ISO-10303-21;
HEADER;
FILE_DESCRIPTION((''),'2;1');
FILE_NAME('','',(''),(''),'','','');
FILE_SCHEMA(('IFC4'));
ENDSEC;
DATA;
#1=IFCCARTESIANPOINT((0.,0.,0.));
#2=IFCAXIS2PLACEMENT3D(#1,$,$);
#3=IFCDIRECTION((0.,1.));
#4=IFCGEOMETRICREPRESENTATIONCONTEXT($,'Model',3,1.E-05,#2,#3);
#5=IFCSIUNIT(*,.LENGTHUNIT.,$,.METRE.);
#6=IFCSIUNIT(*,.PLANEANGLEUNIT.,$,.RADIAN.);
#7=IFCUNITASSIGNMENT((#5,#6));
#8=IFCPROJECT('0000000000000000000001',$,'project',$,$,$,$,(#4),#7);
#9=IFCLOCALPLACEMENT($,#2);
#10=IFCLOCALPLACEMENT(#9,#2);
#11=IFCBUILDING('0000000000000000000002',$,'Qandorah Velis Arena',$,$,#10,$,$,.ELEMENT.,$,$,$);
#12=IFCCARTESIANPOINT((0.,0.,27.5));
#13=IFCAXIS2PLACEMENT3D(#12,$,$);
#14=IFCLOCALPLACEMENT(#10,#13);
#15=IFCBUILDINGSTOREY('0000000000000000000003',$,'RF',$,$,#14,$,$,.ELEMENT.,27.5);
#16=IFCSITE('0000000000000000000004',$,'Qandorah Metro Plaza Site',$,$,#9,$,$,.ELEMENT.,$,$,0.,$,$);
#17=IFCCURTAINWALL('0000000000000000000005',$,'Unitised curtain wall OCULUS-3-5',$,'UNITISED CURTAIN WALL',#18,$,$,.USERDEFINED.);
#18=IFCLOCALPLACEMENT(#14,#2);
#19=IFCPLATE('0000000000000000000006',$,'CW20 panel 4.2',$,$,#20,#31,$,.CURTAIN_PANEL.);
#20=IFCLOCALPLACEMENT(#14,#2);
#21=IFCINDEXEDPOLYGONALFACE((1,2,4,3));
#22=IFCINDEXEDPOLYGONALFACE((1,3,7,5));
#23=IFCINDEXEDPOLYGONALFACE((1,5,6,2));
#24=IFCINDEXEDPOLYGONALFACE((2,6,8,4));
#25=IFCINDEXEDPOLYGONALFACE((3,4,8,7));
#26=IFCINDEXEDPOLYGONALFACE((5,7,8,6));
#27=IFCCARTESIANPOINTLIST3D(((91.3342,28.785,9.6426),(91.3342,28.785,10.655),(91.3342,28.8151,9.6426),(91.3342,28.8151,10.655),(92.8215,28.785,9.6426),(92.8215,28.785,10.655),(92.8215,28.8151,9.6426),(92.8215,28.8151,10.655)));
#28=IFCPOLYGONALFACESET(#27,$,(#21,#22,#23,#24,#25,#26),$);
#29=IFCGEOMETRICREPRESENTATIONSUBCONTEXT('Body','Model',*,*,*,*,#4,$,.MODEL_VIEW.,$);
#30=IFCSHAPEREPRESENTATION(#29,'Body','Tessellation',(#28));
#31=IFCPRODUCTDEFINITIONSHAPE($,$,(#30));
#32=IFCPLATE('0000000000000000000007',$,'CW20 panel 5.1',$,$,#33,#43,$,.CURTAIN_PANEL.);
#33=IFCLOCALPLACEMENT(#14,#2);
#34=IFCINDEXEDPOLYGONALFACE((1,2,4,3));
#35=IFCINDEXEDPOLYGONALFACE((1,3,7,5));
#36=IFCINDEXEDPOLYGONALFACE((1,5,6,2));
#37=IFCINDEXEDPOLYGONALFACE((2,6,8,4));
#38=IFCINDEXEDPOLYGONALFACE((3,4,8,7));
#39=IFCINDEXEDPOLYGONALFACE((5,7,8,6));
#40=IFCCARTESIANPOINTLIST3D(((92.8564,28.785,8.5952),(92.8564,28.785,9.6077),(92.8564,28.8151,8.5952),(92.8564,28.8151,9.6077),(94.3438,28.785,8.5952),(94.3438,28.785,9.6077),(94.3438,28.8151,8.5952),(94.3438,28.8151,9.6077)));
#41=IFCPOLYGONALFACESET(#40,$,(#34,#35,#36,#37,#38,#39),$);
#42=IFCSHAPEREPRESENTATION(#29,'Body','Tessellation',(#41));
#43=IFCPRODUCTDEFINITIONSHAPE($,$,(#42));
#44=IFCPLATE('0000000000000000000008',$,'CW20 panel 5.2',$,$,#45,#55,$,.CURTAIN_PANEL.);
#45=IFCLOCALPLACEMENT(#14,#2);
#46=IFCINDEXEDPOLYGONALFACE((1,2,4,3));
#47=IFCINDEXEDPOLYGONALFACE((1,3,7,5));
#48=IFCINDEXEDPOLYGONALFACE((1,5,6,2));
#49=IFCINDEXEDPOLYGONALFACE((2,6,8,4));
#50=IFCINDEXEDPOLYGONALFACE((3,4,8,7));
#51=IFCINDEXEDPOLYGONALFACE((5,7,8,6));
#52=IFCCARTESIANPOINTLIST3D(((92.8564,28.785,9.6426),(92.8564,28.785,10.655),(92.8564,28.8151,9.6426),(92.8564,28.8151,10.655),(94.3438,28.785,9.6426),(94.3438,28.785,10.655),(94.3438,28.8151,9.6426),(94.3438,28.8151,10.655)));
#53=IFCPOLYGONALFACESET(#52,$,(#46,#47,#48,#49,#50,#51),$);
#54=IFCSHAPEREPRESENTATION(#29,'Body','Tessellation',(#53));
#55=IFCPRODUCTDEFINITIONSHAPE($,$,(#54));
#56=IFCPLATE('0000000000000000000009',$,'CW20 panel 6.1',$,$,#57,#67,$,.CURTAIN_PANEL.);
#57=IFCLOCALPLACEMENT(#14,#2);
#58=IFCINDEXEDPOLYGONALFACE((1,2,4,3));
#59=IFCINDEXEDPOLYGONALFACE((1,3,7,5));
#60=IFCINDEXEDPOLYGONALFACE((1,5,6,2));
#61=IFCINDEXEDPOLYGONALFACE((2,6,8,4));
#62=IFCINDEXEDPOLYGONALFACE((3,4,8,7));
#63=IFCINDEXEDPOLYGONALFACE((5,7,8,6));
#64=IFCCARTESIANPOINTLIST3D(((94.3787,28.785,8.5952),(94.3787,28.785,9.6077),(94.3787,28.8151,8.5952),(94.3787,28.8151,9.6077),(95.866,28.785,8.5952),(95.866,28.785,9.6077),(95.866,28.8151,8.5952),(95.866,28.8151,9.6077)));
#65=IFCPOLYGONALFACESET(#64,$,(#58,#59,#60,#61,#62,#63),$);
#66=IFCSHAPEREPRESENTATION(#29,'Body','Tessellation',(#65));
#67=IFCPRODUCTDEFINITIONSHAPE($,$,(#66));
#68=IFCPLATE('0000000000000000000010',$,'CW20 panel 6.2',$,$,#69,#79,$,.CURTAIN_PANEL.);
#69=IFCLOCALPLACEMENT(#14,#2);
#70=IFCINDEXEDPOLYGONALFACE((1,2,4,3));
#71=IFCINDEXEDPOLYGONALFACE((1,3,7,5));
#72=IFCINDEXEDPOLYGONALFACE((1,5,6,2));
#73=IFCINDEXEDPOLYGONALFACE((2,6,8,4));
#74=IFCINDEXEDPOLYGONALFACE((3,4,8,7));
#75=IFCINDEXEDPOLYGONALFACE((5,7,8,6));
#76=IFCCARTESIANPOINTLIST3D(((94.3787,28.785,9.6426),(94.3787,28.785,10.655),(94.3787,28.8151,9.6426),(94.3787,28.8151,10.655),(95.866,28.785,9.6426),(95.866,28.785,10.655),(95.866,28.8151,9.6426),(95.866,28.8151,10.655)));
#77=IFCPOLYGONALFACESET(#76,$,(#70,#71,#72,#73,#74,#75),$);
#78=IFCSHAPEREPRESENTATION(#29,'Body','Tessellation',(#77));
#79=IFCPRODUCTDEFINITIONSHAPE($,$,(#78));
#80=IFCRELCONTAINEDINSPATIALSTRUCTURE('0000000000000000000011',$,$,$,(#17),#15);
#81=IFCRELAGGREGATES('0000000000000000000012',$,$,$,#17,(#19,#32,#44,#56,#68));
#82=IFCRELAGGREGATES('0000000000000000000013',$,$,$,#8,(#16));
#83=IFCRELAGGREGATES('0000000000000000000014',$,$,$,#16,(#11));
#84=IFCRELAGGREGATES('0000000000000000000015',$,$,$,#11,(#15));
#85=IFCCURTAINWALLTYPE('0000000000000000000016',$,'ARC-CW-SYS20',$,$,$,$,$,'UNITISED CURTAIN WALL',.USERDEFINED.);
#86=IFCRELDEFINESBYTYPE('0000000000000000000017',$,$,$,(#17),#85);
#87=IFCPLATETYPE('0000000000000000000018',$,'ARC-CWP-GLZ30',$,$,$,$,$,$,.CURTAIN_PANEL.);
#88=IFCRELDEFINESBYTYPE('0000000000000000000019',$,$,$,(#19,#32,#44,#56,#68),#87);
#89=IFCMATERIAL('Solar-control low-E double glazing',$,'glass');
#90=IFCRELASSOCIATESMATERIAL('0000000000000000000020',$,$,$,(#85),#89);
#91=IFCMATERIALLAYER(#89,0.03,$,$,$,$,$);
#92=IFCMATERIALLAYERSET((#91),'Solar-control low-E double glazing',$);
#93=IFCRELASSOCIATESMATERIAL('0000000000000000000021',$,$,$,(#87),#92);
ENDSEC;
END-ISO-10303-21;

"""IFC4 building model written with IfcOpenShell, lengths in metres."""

from ifc_helpers import new_model, si_unit, direction, frame, origin, origin_2d, place, context, subcontext, project, spatial, rectangle, extrude, material, layer, layer_set, type_object, element, aggregate, save


model = new_model("IFC4")

# Units and contexts
model_context = context("Model", 3, precision=1e-05, world=origin(), true_north=direction((0.0, 1.0)))
body_context = subcontext(model_context, "Body", "Model", "MODEL_VIEW")
ifc_project = project(units=[si_unit("LENGTHUNIT", "METRE"), si_unit("PLANEANGLEUNIT", "RADIAN")], contexts=[model_context])

# Site, building, storey
site_placement = place(None, origin())
site = spatial("IfcSite", under=ifc_project, at=site_placement, Name="Qandorah Metro Plaza Site", CompositionType="ELEMENT", RefElevation=0.0)
building_placement = place(site_placement, origin())
building = spatial("IfcBuilding", under=site, at=building_placement, Name="Qandorah Velis Arena", CompositionType="ELEMENT")
storey_placement = place(building_placement, frame((0.0, 0.0, 27.5)))
storey = spatial("IfcBuildingStorey", under=building, at=storey_placement, Name="RF", CompositionType="ELEMENT", Elevation=27.5)

# Curtain wall, plates
ifc_material_1 = material(Name="Solar-control low-E double glazing", Category="glass")
curtain_wall_type = type_object("IfcCurtainWallType", Name="ARC-CW-SYS20", ElementType="UNITISED CURTAIN WALL", PredefinedType="USERDEFINED", material=ifc_material_1)
curtain_wall_placement = place(storey_placement, origin())
curtain_wall = element("IfcCurtainWall", 1, at=curtain_wall_placement, inside=storey, type_object=curtain_wall_type, Name="Unitised curtain wall OCULUS-3-5", ObjectType="UNITISED CURTAIN WALL", PredefinedType="USERDEFINED")
ifc_layer = layer(ifc_material_1, 0.03)
ifc_layer_set = layer_set([ifc_layer], Name="Solar-control low-E double glazing")
plate_type = type_object("IfcPlateType", Name="ARC-CWP-GLZ30", PredefinedType="CURTAIN_PANEL", material=ifc_layer_set)
plate_1_placement = place(storey_placement, frame((92.0779, 28.8, 9.6426), z_axis=(0.0, 0.0, 1.0), x_axis=(1.0, 0.0, 0.0)))
plate_1 = element("IfcPlate", 2, at=plate_1_placement, type_object=plate_type, Name="CW20 panel 4.2", PredefinedType="CURTAIN_PANEL", context=body_context, shape_type="SweptSolid", body=[
    extrude(rectangle(XDim=1.4873, YDim=0.03, at=origin_2d()), origin(), (0.0, 0.0, 1.0), 1.0125),
])
plate_2_placement = place(storey_placement, frame((93.6001, 28.8, 8.5952), z_axis=(0.0, 0.0, 1.0), x_axis=(1.0, 0.0, 0.0)))
plate_2 = element("IfcPlate", 3, at=plate_2_placement, type_object=plate_type, Name="CW20 panel 5.1", PredefinedType="CURTAIN_PANEL", context=body_context, shape_type="SweptSolid", body=[
    extrude(rectangle(XDim=1.4873, YDim=0.03, at=origin_2d()), origin(), (0.0, 0.0, 1.0), 1.0125),
])
plate_3_placement = place(storey_placement, frame((93.6001, 28.8, 9.6426), z_axis=(0.0, 0.0, 1.0), x_axis=(1.0, 0.0, 0.0)))
plate_3 = element("IfcPlate", 4, at=plate_3_placement, type_object=plate_type, Name="CW20 panel 5.2", PredefinedType="CURTAIN_PANEL", context=body_context, shape_type="SweptSolid", body=[
    extrude(rectangle(XDim=1.4873, YDim=0.03, at=origin_2d()), origin(), (0.0, 0.0, 1.0), 1.0125),
])
plate_4_placement = place(storey_placement, frame((95.1223, 28.8, 8.5952), z_axis=(0.0, 0.0, 1.0), x_axis=(1.0, 0.0, 0.0)))
plate_4 = element("IfcPlate", 5, at=plate_4_placement, type_object=plate_type, Name="CW20 panel 6.1", PredefinedType="CURTAIN_PANEL", context=body_context, shape_type="SweptSolid", body=[
    extrude(rectangle(XDim=1.4873, YDim=0.03, at=origin_2d()), origin(), (0.0, 0.0, 1.0), 1.0125),
])
plate_5_placement = place(storey_placement, frame((95.1223, 28.8, 9.6426), z_axis=(0.0, 0.0, 1.0), x_axis=(1.0, 0.0, 0.0)))
plate_5 = element("IfcPlate", 6, at=plate_5_placement, type_object=plate_type, Name="CW20 panel 6.2", PredefinedType="CURTAIN_PANEL", context=body_context, shape_type="SweptSolid", body=[
    extrude(rectangle(XDim=1.4873, YDim=0.03, at=origin_2d()), origin(), (0.0, 0.0, 1.0), 1.0125),
])
aggregate(curtain_wall, [plate_1, plate_2, plate_3, plate_4, plate_5])

save(model, "model.ifc")
